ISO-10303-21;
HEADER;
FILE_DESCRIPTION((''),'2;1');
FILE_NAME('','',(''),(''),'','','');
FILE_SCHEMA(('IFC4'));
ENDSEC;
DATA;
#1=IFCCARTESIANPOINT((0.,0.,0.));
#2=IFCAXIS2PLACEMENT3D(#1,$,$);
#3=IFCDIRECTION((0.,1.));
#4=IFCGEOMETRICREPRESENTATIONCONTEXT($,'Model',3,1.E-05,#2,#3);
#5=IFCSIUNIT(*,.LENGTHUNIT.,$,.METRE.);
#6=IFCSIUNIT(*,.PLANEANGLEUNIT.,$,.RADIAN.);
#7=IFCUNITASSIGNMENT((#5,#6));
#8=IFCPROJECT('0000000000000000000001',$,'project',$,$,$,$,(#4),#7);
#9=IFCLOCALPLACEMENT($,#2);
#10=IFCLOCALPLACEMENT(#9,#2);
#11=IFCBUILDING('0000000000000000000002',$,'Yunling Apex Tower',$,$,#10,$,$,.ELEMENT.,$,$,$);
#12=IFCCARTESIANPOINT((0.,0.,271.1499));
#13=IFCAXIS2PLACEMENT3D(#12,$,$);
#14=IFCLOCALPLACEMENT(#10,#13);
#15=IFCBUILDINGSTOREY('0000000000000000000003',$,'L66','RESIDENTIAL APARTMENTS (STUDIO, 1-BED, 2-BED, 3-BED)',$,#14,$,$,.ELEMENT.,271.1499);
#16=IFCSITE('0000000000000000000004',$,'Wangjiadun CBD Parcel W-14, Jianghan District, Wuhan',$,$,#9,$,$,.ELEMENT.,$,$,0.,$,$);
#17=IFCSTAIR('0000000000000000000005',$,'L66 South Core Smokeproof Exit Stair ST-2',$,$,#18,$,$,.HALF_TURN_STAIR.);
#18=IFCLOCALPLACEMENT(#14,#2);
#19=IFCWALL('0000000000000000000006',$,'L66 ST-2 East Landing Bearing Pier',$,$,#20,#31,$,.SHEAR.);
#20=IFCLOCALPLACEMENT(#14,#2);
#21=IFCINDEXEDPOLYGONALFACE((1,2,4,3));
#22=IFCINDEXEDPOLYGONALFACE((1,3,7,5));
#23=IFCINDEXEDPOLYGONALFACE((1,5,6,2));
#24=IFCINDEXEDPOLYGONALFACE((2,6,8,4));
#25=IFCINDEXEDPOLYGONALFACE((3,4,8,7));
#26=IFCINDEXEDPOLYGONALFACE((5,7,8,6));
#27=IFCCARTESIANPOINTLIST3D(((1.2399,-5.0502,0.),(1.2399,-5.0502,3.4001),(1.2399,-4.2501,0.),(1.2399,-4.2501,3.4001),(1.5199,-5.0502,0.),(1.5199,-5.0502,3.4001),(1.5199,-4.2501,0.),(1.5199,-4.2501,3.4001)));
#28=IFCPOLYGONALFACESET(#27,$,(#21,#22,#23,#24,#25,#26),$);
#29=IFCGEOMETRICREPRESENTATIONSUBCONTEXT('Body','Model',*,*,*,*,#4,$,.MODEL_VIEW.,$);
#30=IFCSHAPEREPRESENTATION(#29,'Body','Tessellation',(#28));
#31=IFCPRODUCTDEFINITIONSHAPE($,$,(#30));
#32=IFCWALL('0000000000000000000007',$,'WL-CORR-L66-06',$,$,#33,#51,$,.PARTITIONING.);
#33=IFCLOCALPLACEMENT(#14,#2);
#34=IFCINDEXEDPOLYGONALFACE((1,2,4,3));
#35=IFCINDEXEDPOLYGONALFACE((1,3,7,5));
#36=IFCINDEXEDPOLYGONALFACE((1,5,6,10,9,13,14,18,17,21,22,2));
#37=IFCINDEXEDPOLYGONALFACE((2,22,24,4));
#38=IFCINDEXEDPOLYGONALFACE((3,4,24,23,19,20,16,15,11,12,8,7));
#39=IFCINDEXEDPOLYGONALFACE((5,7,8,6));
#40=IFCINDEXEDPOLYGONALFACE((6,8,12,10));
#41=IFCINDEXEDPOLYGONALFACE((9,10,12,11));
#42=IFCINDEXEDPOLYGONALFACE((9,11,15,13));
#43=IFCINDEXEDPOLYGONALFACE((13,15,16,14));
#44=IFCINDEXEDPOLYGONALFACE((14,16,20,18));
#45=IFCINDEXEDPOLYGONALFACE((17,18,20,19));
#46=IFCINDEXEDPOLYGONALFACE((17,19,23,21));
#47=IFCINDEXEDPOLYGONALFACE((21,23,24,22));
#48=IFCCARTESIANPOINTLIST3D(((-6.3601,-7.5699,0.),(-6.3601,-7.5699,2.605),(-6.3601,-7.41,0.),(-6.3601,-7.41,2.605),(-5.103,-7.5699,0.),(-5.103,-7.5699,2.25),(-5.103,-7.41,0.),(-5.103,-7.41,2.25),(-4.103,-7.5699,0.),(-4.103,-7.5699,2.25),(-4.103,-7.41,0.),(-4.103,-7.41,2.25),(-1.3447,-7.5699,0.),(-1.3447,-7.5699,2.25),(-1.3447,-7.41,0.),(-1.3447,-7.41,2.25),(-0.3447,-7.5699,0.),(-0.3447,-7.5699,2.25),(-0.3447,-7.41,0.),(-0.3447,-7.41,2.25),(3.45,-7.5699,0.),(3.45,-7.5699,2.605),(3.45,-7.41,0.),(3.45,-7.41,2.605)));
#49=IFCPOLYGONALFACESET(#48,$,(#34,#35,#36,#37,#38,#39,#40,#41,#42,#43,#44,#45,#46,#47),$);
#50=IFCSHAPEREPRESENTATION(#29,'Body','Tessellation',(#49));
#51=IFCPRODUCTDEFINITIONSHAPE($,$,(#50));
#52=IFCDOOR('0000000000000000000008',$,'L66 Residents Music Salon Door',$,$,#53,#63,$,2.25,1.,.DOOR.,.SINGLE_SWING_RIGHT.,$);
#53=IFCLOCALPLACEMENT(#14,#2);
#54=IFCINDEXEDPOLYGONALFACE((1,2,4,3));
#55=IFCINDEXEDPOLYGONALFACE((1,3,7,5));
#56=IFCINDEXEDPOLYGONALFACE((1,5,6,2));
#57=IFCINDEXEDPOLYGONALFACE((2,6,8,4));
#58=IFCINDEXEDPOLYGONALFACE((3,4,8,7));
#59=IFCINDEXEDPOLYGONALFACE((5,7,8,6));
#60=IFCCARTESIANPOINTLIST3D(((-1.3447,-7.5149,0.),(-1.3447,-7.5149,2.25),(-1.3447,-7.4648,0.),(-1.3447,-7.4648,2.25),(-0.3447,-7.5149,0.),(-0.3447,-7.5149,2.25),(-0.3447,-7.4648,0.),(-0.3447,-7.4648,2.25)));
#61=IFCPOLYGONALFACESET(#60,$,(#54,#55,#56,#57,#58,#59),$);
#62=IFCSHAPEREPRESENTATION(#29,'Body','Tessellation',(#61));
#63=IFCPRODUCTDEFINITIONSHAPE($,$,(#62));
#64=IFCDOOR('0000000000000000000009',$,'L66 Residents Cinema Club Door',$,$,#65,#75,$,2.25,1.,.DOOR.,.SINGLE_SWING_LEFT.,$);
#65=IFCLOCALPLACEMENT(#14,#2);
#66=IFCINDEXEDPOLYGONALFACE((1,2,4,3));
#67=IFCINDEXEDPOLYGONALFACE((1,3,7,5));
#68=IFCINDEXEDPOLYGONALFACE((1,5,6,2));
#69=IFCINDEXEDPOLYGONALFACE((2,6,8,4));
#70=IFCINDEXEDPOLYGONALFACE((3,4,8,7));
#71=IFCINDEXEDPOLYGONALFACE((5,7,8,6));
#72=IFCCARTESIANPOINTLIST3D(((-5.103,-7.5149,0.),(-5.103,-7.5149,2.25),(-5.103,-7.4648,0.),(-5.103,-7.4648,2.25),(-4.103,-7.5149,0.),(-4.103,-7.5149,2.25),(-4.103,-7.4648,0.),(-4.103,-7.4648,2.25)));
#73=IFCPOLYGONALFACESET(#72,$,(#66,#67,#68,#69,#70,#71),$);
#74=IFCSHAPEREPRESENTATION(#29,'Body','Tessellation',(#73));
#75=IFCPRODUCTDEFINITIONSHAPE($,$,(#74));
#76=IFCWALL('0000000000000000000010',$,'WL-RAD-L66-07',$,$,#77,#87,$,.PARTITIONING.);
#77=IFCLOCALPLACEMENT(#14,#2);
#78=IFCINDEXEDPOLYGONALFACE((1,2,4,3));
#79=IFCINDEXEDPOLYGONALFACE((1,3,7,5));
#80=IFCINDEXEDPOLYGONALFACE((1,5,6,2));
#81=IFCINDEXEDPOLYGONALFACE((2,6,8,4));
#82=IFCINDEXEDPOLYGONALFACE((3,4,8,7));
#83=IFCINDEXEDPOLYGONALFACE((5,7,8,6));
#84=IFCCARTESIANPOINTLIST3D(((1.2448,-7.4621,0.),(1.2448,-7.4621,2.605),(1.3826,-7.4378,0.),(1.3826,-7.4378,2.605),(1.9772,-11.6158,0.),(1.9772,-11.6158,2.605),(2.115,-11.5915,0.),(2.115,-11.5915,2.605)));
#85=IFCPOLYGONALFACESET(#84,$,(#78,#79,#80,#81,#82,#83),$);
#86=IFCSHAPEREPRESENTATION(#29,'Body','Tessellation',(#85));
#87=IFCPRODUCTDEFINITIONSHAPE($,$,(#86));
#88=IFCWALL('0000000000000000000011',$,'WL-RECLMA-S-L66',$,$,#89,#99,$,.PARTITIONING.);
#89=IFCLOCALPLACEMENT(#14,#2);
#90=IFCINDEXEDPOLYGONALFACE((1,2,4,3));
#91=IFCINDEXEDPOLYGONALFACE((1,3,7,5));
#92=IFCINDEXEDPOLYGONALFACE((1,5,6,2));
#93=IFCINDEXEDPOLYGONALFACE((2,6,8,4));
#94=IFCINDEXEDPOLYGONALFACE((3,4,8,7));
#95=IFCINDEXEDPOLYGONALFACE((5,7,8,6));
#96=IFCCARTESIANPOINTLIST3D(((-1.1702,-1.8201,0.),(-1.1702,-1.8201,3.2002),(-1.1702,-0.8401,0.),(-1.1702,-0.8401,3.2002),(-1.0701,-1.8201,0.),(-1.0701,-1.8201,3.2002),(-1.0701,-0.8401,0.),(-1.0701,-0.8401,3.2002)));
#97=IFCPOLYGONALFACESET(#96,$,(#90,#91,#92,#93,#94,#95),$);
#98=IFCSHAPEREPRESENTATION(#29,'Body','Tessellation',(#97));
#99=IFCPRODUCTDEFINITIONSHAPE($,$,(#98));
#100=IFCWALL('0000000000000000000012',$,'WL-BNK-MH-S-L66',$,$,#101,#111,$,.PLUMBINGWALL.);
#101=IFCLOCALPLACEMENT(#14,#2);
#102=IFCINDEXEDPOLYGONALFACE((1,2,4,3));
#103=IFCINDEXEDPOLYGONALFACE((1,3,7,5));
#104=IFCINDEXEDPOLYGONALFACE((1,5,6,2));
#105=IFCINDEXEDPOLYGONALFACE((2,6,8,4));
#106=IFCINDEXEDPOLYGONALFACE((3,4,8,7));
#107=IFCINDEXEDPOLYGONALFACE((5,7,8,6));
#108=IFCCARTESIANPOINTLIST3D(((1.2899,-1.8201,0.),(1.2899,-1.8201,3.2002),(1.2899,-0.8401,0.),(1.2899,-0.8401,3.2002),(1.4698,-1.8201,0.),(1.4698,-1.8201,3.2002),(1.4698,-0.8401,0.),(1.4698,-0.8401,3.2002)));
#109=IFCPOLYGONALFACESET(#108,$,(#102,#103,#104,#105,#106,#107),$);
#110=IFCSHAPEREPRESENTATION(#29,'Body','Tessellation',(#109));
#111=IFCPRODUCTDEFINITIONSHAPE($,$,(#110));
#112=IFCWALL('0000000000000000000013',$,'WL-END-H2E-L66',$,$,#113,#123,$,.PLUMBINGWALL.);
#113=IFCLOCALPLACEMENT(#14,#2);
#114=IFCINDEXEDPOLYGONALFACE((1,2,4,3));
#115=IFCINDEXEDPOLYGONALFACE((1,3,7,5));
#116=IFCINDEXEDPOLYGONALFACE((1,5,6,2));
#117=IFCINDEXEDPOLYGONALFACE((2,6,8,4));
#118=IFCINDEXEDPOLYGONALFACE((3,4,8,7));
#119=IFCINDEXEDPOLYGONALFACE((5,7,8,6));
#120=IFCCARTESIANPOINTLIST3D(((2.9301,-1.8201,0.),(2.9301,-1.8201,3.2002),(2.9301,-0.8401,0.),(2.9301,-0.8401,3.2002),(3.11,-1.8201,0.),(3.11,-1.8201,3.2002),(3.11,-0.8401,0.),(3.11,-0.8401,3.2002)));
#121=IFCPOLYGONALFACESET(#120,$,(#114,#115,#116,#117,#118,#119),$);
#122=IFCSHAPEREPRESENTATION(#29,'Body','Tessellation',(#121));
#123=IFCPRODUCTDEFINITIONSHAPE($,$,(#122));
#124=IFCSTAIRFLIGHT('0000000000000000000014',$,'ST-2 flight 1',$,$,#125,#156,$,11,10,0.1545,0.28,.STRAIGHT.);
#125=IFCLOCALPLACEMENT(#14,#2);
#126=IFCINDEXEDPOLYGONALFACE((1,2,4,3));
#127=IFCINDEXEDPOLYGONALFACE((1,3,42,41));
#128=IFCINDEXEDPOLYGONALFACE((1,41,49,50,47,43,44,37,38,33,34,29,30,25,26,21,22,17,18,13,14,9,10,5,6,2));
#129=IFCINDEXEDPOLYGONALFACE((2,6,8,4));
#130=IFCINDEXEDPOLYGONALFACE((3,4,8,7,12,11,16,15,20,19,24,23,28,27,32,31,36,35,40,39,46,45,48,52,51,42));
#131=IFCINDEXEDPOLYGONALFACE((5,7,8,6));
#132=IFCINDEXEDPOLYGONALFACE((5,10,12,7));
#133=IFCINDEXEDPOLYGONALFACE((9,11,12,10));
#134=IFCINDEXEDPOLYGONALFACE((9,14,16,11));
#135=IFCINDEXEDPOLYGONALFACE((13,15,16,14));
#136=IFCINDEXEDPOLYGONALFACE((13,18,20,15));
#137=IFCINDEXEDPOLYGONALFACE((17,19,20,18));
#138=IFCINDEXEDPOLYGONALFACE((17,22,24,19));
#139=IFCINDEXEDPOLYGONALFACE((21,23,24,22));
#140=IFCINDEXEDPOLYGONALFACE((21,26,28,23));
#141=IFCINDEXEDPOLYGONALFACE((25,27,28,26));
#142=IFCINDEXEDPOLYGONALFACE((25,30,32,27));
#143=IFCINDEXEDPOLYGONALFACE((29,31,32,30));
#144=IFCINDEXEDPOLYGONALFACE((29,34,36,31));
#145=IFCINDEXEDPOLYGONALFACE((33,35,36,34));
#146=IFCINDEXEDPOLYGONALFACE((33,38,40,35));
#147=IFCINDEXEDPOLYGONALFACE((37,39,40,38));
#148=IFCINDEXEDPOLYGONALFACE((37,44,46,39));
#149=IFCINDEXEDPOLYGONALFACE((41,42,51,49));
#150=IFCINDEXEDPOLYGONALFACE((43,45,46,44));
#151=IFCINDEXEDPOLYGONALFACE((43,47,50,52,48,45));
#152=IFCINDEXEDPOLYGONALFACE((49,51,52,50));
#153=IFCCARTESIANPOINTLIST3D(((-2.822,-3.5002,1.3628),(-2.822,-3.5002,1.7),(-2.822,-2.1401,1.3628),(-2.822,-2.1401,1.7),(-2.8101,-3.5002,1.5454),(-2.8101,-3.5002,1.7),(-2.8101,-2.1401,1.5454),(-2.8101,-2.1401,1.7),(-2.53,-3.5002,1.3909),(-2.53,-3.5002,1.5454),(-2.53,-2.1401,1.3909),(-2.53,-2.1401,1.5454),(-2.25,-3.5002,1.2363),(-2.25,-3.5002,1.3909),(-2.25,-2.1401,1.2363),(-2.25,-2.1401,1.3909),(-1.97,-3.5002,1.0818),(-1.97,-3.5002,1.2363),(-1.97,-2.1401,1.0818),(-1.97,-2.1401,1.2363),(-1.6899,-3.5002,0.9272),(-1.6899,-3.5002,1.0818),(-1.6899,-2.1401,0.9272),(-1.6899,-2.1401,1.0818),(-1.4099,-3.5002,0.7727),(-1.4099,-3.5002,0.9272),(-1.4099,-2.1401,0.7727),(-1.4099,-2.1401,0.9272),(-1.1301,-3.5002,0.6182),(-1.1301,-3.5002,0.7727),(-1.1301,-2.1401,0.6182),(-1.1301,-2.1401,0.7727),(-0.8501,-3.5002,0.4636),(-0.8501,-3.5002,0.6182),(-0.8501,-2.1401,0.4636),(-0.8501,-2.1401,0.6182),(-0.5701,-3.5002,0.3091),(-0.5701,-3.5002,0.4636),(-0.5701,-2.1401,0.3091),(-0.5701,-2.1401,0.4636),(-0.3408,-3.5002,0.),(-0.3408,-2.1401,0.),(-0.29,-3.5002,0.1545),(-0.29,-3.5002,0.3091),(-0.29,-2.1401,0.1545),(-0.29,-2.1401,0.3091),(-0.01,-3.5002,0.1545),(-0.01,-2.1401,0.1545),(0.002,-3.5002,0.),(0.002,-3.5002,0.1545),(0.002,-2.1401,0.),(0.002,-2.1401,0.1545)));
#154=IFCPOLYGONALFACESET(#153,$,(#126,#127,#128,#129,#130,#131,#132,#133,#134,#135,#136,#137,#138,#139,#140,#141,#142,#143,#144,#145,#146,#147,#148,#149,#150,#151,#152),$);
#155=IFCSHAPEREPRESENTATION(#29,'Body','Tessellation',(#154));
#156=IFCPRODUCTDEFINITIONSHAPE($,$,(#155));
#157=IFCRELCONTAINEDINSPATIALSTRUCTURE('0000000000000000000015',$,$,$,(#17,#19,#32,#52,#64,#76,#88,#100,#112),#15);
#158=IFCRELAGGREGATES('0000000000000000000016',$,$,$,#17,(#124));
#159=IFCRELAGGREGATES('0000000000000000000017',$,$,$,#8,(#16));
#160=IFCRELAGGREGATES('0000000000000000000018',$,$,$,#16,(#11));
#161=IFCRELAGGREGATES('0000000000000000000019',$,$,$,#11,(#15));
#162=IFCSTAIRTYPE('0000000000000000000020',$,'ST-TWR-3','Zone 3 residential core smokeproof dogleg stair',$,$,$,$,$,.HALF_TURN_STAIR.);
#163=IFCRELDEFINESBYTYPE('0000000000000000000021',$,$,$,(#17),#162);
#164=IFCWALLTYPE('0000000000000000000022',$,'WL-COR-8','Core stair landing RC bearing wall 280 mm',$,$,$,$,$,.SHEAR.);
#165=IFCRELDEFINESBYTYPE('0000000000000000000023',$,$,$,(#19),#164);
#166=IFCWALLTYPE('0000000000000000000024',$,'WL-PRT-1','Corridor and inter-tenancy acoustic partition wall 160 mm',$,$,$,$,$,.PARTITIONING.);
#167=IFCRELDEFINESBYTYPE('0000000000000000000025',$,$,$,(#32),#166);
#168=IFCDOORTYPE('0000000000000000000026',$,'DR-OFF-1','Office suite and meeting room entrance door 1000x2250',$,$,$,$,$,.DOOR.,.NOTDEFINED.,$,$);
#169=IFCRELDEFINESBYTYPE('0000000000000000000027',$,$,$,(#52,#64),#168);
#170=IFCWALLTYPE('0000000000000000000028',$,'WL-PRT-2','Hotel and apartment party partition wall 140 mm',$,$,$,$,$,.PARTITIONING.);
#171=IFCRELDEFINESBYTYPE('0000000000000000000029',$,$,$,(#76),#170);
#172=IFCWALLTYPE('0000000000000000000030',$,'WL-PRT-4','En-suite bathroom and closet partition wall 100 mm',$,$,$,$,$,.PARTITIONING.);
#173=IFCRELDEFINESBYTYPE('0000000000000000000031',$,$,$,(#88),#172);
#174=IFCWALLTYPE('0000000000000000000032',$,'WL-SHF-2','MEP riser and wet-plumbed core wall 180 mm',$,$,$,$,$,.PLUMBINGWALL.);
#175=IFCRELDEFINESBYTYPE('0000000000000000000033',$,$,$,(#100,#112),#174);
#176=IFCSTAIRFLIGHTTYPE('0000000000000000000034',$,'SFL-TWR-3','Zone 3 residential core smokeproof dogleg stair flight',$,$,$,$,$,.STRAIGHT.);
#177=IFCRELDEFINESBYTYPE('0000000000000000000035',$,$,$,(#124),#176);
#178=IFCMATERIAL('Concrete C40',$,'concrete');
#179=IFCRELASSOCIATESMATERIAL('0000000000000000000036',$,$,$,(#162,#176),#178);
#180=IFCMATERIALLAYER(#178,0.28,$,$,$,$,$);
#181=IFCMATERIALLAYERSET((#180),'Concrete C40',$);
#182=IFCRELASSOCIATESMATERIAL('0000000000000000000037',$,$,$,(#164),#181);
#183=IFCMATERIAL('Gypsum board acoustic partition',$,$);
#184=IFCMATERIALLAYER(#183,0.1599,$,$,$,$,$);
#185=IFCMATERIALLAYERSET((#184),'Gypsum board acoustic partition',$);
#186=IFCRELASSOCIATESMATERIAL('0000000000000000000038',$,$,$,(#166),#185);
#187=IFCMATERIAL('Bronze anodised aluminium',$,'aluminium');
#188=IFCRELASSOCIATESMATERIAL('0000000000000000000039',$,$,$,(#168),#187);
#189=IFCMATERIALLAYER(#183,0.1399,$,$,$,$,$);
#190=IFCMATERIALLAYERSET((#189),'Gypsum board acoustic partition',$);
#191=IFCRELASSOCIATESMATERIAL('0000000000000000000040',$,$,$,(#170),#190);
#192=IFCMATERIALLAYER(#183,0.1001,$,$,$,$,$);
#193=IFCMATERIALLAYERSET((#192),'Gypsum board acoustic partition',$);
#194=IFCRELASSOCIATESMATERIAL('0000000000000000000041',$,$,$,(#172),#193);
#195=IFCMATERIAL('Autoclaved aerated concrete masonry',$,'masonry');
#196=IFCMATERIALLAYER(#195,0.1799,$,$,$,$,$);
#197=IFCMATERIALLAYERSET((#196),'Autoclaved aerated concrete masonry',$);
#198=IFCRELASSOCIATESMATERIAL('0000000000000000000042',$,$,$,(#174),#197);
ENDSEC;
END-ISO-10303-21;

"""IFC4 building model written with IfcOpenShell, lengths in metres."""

from ifc_helpers import new_model, si_unit, direction, frame, frame_2d, origin, place, context, subcontext, project, spatial, polyline, rectangle, outline, extrude, material, layer, layer_set, type_object, element, fill, aggregate, save


model = new_model("IFC4")

# Units and contexts
model_context = context("Model", 3, precision=1e-05, world=origin(), true_north=direction((0.0, 1.0)))
body_context = subcontext(model_context, "Body", "Model", "MODEL_VIEW")
ifc_project = project(units=[si_unit("LENGTHUNIT", "METRE"), si_unit("PLANEANGLEUNIT", "RADIAN")], contexts=[model_context])

# Site, building, storey
site_placement = place(None, origin())
site = spatial("IfcSite", under=ifc_project, at=site_placement, Name="Wangjiadun CBD Parcel W-14, Jianghan District, Wuhan", CompositionType="ELEMENT", RefElevation=0.0)
building_placement = place(site_placement, origin())
building = spatial("IfcBuilding", under=site, at=building_placement, Name="Yunling Apex Tower", CompositionType="ELEMENT")
storey_placement = place(building_placement, frame((0.0, 0.0, 271.1499)))
storey = spatial("IfcBuildingStorey", under=building, at=storey_placement, Name="L66", Description="RESIDENTIAL APARTMENTS (STUDIO, 1-BED, 2-BED, 3-BED)", CompositionType="ELEMENT", Elevation=271.1499)

# Shared definitions
ifc_material_1 = material(Name="Bronze anodised aluminium", Category="aluminium")

# Shared definitions
ifc_material_2 = material(Name="Concrete C40", Category="concrete")

# Stair
stair_type = type_object("IfcStairType", Name="ST-TWR-3", Description="Zone 3 residential core smokeproof dogleg stair", PredefinedType="HALF_TURN_STAIR", material=ifc_material_2)
stair_1_placement = place(storey_placement, origin())
stair_1 = element("IfcStair", 1, at=stair_1_placement, inside=storey, type_object=stair_type, Name="L66 South Core Smokeproof Exit Stair ST-2", PredefinedType="HALF_TURN_STAIR")

# Wall
ifc_layer_1 = layer(ifc_material_2, 0.28)
ifc_layer_set_1 = layer_set([ifc_layer_1], Name="Concrete C40")
wall_type_1 = type_object("IfcWallType", Name="WL-COR-8", Description="Core stair landing RC bearing wall 280 mm", PredefinedType="SHEAR", material=ifc_layer_set_1)
wall_1_placement = place(storey_placement, frame((1.3799, -5.05, 0.0), z_axis=(0.0, 0.0, 1.0), x_axis=(0.0, 1.0, 0.0)))
element("IfcWall", 2, at=wall_1_placement, inside=storey, type_object=wall_type_1, Name="L66 ST-2 East Landing Bearing Pier", PredefinedType="SHEAR", context=body_context, shape_type="SweptSolid", body=[
    extrude(rectangle(XDim=0.8, YDim=0.28, at=frame_2d((0.3999, 0.0))), origin(), (0.0, 0.0, 1.0), 3.4001),
])

# Wall, openings, doors
ifc_material_3 = material(Name="Gypsum board acoustic partition")
ifc_layer_2 = layer(ifc_material_3, 0.1599)
ifc_layer_set_2 = layer_set([ifc_layer_2], Name="Gypsum board acoustic partition")
wall_type_2 = type_object("IfcWallType", Name="WL-PRT-1", Description="Corridor and inter-tenancy acoustic partition wall 160 mm", PredefinedType="PARTITIONING", material=ifc_layer_set_2)
wall_2_placement = place(storey_placement, frame((3.45, -7.49, 0.0), z_axis=(0.0, 0.0, 1.0), x_axis=(-1.0, 0.0, 0.0)))
wall_2 = element("IfcWall", 3, at=wall_2_placement, inside=storey, type_object=wall_type_2, Name="WL-CORR-L66-06", PredefinedType="PARTITIONING", context=body_context, shape_type="SweptSolid", body=[
    extrude(rectangle(XDim=9.8101, YDim=0.1599, at=frame_2d((4.905, 0.0))), origin(), (0.0, 0.0, 1.0), 2.605),
])
opening_1_placement = place(wall_2_placement, frame((3.7947, 0.0, 0.0)))
opening_1 = element("IfcOpeningElement", 4, at=opening_1_placement, cuts=wall_2, PredefinedType="OPENING", context=body_context, shape_type="SweptSolid", body=[
    extrude(rectangle(XDim=1.0, YDim=2.25, at=frame_2d((0.5, 1.125))), frame((0.0, 0.0898, 0.0), z_axis=(0.0, -1.0, 0.0), x_axis=(1.0, 0.0, 0.0)), (0.0, 0.0, 1.0), 0.1799),
])
opening_2_placement = place(wall_2_placement, frame((7.553, 0.0, 0.0)))
opening_2 = element("IfcOpeningElement", 5, at=opening_2_placement, cuts=wall_2, PredefinedType="OPENING", context=body_context, shape_type="SweptSolid", body=[
    extrude(rectangle(XDim=1.0, YDim=2.25, at=frame_2d((0.5, 1.125))), frame((0.0, 0.0898, 0.0), z_axis=(0.0, -1.0, 0.0), x_axis=(1.0, 0.0, 0.0)), (0.0, 0.0, 1.0), 0.1799),
])
door_type_1 = type_object("IfcDoorType", Name="DR-OFF-1", Description="Office suite and meeting room entrance door 1000x2250", OperationType="NOTDEFINED", PredefinedType="DOOR", material=ifc_material_1)
door_1_placement = place(opening_1_placement, origin())
door_1 = element("IfcDoor", 6, at=door_1_placement, inside=storey, type_object=door_type_1, Name="L66 Residents Music Salon Door", OperationType="SINGLE_SWING_RIGHT", OverallHeight=2.25, OverallWidth=1.0, PredefinedType="DOOR", context=body_context, shape_type="SweptSolid", body=[
    extrude(rectangle(XDim=1.0, YDim=2.25, at=frame_2d((0.5, 1.125))), frame((0.0, 0.0249, 0.0), z_axis=(0.0, -1.0, 0.0), x_axis=(1.0, 0.0, 0.0)), (0.0, 0.0, 1.0), 0.05),
])
fill(opening_1, door_1)
door_2_placement = place(opening_2_placement, origin())
door_2 = element("IfcDoor", 7, at=door_2_placement, inside=storey, type_object=door_type_1, Name="L66 Residents Cinema Club Door", OperationType="SINGLE_SWING_LEFT", OverallHeight=2.25, OverallWidth=1.0, PredefinedType="DOOR", context=body_context, shape_type="SweptSolid", body=[
    extrude(rectangle(XDim=1.0, YDim=2.25, at=frame_2d((0.5, 1.125))), frame((0.0, 0.0249, 0.0), z_axis=(0.0, -1.0, 0.0), x_axis=(1.0, 0.0, 0.0)), (0.0, 0.0, 1.0), 0.05),
])
fill(opening_2, door_2)

# Walls
ifc_layer_3 = layer(ifc_material_3, 0.1399)
ifc_layer_set_3 = layer_set([ifc_layer_3], Name="Gypsum board acoustic partition")
wall_type_3 = type_object("IfcWallType", Name="WL-PRT-2", Description="Hotel and apartment party partition wall 140 mm", PredefinedType="PARTITIONING", material=ifc_layer_set_3)
wall_3_placement = place(storey_placement, frame((1.3137, -7.45, 0.0), z_axis=(0.0, 0.0, 1.0), x_axis=(0.173647, -0.984808, 0.0)))
element("IfcWall", 8, at=wall_3_placement, inside=storey, type_object=wall_type_3, Name="WL-RAD-L66-07", PredefinedType="PARTITIONING", context=body_context, shape_type="SweptSolid", body=[
    extrude(rectangle(XDim=4.2178, YDim=0.1399, at=frame_2d((2.1089, 0.0))), origin(), (0.0, 0.0, 1.0), 2.605),
])
ifc_layer_4 = layer(ifc_material_3, 0.1001)
ifc_layer_set_4 = layer_set([ifc_layer_4], Name="Gypsum board acoustic partition")
wall_type_4 = type_object("IfcWallType", Name="WL-PRT-4", Description="En-suite bathroom and closet partition wall 100 mm", PredefinedType="PARTITIONING", material=ifc_layer_set_4)
wall_4_placement = place(storey_placement, frame((-1.1201, -1.8201, 0.0), z_axis=(0.0, 0.0, 1.0), x_axis=(0.0, 1.0, 0.0)))
element("IfcWall", 9, at=wall_4_placement, inside=storey, type_object=wall_type_4, Name="WL-RECLMA-S-L66", PredefinedType="PARTITIONING", context=body_context, shape_type="SweptSolid", body=[
    extrude(rectangle(XDim=0.98, YDim=0.1001, at=frame_2d((0.49, 0.0))), origin(), (0.0, 0.0, 1.0), 3.2002),
])

# Shared definitions
ifc_material_4 = material(Name="Autoclaved aerated concrete masonry", Category="masonry")

# Walls
ifc_layer_5 = layer(ifc_material_4, 0.1799)
ifc_layer_set_5 = layer_set([ifc_layer_5], Name="Autoclaved aerated concrete masonry")
wall_type_5 = type_object("IfcWallType", Name="WL-SHF-2", Description="MEP riser and wet-plumbed core wall 180 mm", PredefinedType="PLUMBINGWALL", material=ifc_layer_set_5)
for number, where, z_axis, x_axis, name in (
    (10, (1.3799, -1.8201, 0.0), (0.0, 0.0, 1.0), (0.0, 1.0, 0.0), "WL-BNK-MH-S-L66"),
    (11, (3.02, -1.8201, 0.0), (0.0, 0.0, 1.0), (0.0, 1.0, 0.0), "WL-END-H2E-L66"),
):
    element("IfcWall", number, at=place(storey_placement, frame(where, z_axis=z_axis, x_axis=x_axis)), inside=storey, type_object=wall_type_5, Name=name, PredefinedType="PLUMBINGWALL", context=body_context, shape_type="SweptSolid", body=[
        extrude(rectangle(XDim=0.98, YDim=0.1799, at=frame_2d((0.49, 0.0))), origin(), (0.0, 0.0, 1.0), 3.2002),
    ])

# Stair flight
stair_flight_type = type_object("IfcStairFlightType", Name="SFL-TWR-3", Description="Zone 3 residential core smokeproof dogleg stair flight", PredefinedType="STRAIGHT", material=ifc_material_2)
stair_flight_1_placement = place(storey_placement, frame((-0.01, -2.8201, 0.0), z_axis=(0.0, 0.0, 1.0), x_axis=(-1.0, 0.0, 0.0)))
stair_flight_1 = element("IfcStairFlight", 12, at=stair_flight_1_placement, type_object=stair_flight_type, Name="ST-2 flight 1", NumberOfRisers=11, NumberOfTreads=10, PredefinedType="STRAIGHT", RiserHeight=0.1545, TreadLength=0.28, context=body_context, shape_type="SweptSolid", body=[
    extrude(outline(polyline([(-0.012, 0.0), (-0.012, 0.1545), (0.0, 0.1545), (0.28, 0.1545), (0.28, 0.3091), (0.5601, 0.3091), (0.5601, 0.4636), (0.8401, 0.4636), (0.8401, 0.6182), (1.1201, 0.6182), (1.1201, 0.7727), (1.3999, 0.7727), (1.3999, 0.9272), (1.6799, 0.9272), (1.6799, 1.0818), (1.96, 1.0818), (1.96, 1.2363), (2.24, 1.2363), (2.24, 1.3909), (2.52, 1.3909), (2.52, 1.5454), (2.8, 1.5454), (2.8, 1.7), (2.812, 1.7), (2.812, 1.3628), (0.3308, 0.0), (-0.012, 0.0)])), frame((0.0, 0.6802, 0.0), z_axis=(0.0, -1.0, 0.0), x_axis=(1.0, 0.0, 0.0)), (0.0, 0.0, 1.0), 1.3601),
])
aggregate(stair_1, [stair_flight_1])

save(model, "model.ifc")
